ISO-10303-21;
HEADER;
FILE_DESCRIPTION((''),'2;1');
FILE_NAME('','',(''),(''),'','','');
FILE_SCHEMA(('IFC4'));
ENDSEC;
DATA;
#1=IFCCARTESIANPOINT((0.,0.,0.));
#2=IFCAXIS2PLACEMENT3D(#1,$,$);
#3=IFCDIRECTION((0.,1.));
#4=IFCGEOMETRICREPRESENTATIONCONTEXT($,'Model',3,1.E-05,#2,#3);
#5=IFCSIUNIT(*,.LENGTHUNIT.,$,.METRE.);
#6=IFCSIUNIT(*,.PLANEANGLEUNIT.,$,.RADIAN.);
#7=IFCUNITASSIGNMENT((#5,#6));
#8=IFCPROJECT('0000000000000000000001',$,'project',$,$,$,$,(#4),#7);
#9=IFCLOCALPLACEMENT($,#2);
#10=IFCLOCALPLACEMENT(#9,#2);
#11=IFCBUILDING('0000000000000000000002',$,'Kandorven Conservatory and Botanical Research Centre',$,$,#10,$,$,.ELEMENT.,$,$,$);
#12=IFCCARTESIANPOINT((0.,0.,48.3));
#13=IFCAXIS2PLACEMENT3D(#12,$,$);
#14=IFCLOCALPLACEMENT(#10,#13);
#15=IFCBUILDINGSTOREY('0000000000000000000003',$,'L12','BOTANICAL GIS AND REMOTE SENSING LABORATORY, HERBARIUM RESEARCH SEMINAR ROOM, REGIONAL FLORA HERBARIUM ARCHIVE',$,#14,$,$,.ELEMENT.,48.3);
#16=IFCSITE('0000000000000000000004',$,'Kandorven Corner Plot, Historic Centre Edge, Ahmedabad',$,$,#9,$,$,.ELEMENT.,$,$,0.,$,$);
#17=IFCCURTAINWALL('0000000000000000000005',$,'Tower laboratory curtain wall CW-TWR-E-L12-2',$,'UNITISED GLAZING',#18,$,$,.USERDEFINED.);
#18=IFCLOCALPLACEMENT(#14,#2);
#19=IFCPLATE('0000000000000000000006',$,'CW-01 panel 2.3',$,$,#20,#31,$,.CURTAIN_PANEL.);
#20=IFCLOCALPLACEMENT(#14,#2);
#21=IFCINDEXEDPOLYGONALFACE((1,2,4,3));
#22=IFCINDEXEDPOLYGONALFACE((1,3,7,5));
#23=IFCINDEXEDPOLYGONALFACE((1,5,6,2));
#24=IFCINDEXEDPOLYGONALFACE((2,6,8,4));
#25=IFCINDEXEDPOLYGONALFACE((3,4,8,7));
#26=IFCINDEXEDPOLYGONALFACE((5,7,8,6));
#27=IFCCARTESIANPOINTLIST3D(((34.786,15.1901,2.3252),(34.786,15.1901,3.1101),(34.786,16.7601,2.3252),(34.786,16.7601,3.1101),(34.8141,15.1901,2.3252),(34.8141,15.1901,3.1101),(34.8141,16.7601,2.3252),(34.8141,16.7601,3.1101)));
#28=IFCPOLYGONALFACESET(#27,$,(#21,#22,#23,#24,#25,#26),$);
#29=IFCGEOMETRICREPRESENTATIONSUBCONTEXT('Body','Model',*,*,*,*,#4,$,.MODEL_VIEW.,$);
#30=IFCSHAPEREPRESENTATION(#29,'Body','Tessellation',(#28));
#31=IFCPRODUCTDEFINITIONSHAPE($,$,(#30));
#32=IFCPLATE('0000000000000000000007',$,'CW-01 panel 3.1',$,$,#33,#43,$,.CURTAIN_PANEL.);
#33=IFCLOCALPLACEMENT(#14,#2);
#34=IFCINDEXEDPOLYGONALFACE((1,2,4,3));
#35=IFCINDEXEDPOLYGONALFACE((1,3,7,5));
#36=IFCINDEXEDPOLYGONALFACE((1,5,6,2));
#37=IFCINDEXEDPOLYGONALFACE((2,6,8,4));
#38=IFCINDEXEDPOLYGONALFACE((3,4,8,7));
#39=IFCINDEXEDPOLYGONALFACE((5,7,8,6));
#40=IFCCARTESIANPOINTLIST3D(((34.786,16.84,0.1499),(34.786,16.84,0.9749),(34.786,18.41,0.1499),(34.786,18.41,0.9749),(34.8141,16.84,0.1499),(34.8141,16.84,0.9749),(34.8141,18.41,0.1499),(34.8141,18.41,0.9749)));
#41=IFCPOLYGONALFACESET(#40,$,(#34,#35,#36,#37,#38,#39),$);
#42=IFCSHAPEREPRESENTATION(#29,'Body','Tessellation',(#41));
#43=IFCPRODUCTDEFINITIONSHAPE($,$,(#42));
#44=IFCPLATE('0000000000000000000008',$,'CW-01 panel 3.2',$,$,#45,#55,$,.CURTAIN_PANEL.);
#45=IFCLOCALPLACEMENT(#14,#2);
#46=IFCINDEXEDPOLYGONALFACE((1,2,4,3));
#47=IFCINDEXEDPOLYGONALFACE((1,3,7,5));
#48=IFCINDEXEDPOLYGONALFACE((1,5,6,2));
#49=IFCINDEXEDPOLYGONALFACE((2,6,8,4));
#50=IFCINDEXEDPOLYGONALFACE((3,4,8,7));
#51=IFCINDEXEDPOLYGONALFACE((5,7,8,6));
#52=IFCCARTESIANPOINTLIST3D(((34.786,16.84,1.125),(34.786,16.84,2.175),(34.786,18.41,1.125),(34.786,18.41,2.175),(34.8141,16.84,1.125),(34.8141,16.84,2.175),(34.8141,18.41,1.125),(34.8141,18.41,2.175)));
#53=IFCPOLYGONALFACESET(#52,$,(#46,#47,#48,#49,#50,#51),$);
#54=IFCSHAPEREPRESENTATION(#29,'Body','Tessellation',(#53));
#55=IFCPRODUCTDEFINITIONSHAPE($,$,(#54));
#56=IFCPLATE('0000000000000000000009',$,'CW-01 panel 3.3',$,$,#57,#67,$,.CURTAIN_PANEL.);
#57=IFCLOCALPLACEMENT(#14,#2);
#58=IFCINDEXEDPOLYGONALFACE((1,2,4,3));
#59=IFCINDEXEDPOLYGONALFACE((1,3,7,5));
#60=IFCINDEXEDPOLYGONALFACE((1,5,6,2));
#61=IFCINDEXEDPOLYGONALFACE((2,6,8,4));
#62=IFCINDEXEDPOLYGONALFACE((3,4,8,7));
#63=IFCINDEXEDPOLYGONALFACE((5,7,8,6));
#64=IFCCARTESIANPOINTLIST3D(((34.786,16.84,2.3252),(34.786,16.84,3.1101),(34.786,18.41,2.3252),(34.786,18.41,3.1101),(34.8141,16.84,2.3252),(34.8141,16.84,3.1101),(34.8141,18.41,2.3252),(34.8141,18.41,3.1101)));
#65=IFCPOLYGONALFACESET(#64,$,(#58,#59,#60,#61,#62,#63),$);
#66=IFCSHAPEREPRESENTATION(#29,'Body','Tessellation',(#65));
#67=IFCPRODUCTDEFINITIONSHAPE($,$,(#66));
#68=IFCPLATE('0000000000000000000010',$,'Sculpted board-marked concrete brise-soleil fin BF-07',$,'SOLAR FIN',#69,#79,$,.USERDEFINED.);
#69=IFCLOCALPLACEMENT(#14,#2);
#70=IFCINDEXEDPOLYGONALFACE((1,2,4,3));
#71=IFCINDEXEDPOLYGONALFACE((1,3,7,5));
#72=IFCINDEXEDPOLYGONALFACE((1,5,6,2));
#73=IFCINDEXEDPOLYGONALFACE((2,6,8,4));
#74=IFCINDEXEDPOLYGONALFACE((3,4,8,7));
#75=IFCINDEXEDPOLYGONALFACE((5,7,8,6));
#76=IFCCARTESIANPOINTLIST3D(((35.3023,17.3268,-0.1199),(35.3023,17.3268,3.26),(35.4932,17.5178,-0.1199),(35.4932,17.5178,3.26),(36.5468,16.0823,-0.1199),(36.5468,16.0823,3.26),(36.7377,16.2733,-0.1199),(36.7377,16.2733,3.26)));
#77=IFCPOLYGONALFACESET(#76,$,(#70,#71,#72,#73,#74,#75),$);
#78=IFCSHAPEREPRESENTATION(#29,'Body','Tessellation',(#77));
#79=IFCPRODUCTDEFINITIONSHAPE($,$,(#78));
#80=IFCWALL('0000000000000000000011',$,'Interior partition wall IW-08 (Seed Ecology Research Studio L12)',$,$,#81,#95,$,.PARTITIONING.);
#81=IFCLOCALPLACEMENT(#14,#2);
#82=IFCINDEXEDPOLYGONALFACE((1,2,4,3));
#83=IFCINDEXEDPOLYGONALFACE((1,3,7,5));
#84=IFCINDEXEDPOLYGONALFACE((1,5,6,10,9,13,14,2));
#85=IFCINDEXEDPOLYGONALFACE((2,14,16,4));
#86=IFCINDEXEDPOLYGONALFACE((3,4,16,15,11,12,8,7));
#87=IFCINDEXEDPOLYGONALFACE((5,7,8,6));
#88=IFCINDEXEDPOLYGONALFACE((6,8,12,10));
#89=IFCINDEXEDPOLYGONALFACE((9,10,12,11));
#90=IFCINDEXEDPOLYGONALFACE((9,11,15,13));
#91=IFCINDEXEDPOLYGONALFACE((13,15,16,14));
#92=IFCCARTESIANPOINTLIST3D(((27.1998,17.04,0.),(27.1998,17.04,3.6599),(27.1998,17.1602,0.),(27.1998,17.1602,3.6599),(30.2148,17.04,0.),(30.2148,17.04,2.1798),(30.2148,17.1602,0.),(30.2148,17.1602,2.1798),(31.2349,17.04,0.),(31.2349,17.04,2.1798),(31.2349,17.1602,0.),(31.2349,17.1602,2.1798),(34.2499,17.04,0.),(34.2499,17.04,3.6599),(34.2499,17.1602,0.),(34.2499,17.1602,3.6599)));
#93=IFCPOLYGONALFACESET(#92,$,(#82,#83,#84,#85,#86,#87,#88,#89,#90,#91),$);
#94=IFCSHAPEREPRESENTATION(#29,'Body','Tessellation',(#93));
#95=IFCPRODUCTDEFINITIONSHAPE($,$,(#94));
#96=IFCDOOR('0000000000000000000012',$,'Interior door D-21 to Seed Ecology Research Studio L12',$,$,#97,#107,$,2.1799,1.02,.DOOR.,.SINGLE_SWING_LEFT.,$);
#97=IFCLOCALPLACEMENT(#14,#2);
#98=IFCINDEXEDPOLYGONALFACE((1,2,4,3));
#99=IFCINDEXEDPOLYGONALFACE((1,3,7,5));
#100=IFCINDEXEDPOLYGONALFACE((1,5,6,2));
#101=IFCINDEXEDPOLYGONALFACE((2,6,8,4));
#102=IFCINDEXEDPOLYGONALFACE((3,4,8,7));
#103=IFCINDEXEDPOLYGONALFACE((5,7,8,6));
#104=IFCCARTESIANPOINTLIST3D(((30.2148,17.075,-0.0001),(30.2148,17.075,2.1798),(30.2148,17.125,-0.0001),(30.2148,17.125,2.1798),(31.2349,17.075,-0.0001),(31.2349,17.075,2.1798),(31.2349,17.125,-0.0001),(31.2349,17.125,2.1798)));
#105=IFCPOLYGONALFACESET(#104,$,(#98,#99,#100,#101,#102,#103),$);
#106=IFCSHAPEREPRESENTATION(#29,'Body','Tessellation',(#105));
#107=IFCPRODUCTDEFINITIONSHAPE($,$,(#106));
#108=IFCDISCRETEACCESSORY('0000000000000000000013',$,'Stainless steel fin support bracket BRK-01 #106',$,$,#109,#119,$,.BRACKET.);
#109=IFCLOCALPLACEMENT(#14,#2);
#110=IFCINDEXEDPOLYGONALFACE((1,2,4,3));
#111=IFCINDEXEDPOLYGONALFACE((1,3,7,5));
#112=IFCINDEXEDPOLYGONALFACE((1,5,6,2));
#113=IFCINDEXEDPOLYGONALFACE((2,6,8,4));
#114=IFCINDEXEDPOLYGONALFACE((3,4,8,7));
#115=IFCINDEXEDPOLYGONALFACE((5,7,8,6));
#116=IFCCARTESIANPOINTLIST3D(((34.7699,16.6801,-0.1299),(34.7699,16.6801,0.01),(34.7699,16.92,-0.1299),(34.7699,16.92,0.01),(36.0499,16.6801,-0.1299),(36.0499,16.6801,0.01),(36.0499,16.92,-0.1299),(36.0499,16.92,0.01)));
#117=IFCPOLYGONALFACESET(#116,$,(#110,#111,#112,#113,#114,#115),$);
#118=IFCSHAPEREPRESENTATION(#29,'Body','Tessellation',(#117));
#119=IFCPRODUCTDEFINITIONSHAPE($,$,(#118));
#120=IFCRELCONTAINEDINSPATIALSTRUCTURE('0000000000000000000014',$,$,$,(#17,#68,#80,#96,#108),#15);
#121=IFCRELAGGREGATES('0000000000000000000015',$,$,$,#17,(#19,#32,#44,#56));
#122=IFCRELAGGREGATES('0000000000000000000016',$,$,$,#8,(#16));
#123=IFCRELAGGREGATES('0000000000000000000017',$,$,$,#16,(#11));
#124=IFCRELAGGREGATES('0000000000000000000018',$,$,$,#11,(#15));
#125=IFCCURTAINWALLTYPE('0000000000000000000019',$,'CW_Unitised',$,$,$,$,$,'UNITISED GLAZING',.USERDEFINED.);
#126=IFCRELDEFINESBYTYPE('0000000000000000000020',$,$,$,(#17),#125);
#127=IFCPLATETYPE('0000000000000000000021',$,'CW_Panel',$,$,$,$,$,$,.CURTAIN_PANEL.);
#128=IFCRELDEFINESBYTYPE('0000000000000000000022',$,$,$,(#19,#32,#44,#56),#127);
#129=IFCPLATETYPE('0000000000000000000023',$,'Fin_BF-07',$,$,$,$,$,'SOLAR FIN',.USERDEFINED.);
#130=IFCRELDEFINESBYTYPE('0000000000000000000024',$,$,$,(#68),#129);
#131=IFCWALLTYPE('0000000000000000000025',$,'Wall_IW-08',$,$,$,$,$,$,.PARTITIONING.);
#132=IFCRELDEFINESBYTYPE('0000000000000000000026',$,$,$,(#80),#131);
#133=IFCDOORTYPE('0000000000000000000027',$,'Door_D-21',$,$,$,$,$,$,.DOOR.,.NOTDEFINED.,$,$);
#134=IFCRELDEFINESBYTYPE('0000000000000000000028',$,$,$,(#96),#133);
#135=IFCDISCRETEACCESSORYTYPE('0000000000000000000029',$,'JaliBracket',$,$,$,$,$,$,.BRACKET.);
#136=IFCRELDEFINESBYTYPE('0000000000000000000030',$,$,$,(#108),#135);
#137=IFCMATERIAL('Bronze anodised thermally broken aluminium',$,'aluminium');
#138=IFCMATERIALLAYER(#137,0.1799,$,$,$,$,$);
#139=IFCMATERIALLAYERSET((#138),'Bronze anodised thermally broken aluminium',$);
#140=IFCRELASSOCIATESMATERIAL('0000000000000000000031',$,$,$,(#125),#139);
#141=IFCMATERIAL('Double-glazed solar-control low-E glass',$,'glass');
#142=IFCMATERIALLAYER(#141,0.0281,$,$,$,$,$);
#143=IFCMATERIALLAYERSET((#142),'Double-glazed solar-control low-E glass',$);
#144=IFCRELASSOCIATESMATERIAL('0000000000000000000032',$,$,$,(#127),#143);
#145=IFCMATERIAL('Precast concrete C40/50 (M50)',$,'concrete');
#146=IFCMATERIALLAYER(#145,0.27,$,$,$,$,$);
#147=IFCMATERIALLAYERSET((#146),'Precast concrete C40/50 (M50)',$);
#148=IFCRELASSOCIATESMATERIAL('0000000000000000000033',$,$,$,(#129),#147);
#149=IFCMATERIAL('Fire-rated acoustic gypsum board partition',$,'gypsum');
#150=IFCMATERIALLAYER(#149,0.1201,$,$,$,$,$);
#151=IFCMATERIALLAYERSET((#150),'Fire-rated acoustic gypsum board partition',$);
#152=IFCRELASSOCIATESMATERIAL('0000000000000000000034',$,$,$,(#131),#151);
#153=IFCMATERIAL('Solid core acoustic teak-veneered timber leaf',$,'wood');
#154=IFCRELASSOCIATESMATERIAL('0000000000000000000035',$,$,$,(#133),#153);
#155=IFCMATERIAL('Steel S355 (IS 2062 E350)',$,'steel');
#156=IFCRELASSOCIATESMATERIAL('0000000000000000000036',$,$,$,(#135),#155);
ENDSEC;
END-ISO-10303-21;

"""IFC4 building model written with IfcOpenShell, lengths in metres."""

from ifc_helpers import new_model, si_unit, direction, frame, frame_2d, origin, origin_2d, place, context, subcontext, project, spatial, rectangle, extrude, material, layer, layer_set, type_object, element, fill, aggregate, save


model = new_model("IFC4")

# Units and contexts
model_context = context("Model", 3, precision=1e-05, world=origin(), true_north=direction((0.0, 1.0)))
body_context = subcontext(model_context, "Body", "Model", "MODEL_VIEW")
ifc_project = project(units=[si_unit("LENGTHUNIT", "METRE"), si_unit("PLANEANGLEUNIT", "RADIAN")], contexts=[model_context])

# Site, building, storey
site_placement = place(None, origin())
site = spatial("IfcSite", under=ifc_project, at=site_placement, Name="Kandorven Corner Plot, Historic Centre Edge, Ahmedabad", CompositionType="ELEMENT", RefElevation=0.0)
building_placement = place(site_placement, origin())
building = spatial("IfcBuilding", under=site, at=building_placement, Name="Kandorven Conservatory and Botanical Research Centre", CompositionType="ELEMENT")
storey_placement = place(building_placement, frame((0.0, 0.0, 48.3)))
storey = spatial("IfcBuildingStorey", under=building, at=storey_placement, Name="L12", Description="BOTANICAL GIS AND REMOTE SENSING LABORATORY, HERBARIUM RESEARCH SEMINAR ROOM, REGIONAL FLORA HERBARIUM ARCHIVE", CompositionType="ELEMENT", Elevation=48.3)

# Curtain wall, plates
ifc_material_1 = material(Name="Bronze anodised thermally broken aluminium", Category="aluminium")
ifc_layer_1 = layer(ifc_material_1, 0.1799)
ifc_layer_set_1 = layer_set([ifc_layer_1], Name="Bronze anodised thermally broken aluminium")
curtain_wall_type = type_object("IfcCurtainWallType", Name="CW_Unitised", ElementType="UNITISED GLAZING", PredefinedType="USERDEFINED", material=ifc_layer_set_1)
curtain_wall_placement = place(storey_placement, origin())
curtain_wall = element("IfcCurtainWall", 1, at=curtain_wall_placement, inside=storey, type_object=curtain_wall_type, Name="Tower laboratory curtain wall CW-TWR-E-L12-2", ObjectType="UNITISED GLAZING", PredefinedType="USERDEFINED")
ifc_material_2 = material(Name="Double-glazed solar-control low-E glass", Category="glass")
ifc_layer_2 = layer(ifc_material_2, 0.0281)
ifc_layer_set_2 = layer_set([ifc_layer_2], Name="Double-glazed solar-control low-E glass")
plate_type_1 = type_object("IfcPlateType", Name="CW_Panel", PredefinedType="CURTAIN_PANEL", material=ifc_layer_set_2)
plate_1_placement = place(storey_placement, frame((34.8, 15.9751, 2.3252), z_axis=(0.0, 0.0, 1.0), x_axis=(0.0, 1.0, 0.0)))
plate_1 = element("IfcPlate", 2, at=plate_1_placement, type_object=plate_type_1, Name="CW-01 panel 2.3", PredefinedType="CURTAIN_PANEL", context=body_context, shape_type="SweptSolid", body=[
    extrude(rectangle(XDim=1.5701, YDim=0.0281, at=origin_2d()), origin(), (0.0, 0.0, 1.0), 0.7849),
])
plate_2_placement = place(storey_placement, frame((34.8, 17.625, 0.1499), z_axis=(0.0, 0.0, 1.0), x_axis=(0.0, 1.0, 0.0)))
plate_2 = element("IfcPlate", 3, at=plate_2_placement, type_object=plate_type_1, Name="CW-01 panel 3.1", PredefinedType="CURTAIN_PANEL", context=body_context, shape_type="SweptSolid", body=[
    extrude(rectangle(XDim=1.5701, YDim=0.0281, at=origin_2d()), origin(), (0.0, 0.0, 1.0), 0.825),
])
plate_3_placement = place(storey_placement, frame((34.8, 17.625, 1.125), z_axis=(0.0, 0.0, 1.0), x_axis=(0.0, 1.0, 0.0)))
plate_3 = element("IfcPlate", 4, at=plate_3_placement, type_object=plate_type_1, Name="CW-01 panel 3.2", PredefinedType="CURTAIN_PANEL", context=body_context, shape_type="SweptSolid", body=[
    extrude(rectangle(XDim=1.5701, YDim=0.0281, at=origin_2d()), origin(), (0.0, 0.0, 1.0), 1.05),
])
plate_4_placement = place(storey_placement, frame((34.8, 17.625, 2.3252), z_axis=(0.0, 0.0, 1.0), x_axis=(0.0, 1.0, 0.0)))
plate_4 = element("IfcPlate", 5, at=plate_4_placement, type_object=plate_type_1, Name="CW-01 panel 3.3", PredefinedType="CURTAIN_PANEL", context=body_context, shape_type="SweptSolid", body=[
    extrude(rectangle(XDim=1.5701, YDim=0.0281, at=origin_2d()), origin(), (0.0, 0.0, 1.0), 0.7849),
])
aggregate(curtain_wall, [plate_1, plate_2, plate_3, plate_4])

# Plate
ifc_material_3 = material(Name="Precast concrete C40/50 (M50)", Category="concrete")
ifc_layer_3 = layer(ifc_material_3, 0.27)
ifc_layer_set_3 = layer_set([ifc_layer_3], Name="Precast concrete C40/50 (M50)")
plate_type_2 = type_object("IfcPlateType", Name="Fin_BF-07", ElementType="SOLAR FIN", PredefinedType="USERDEFINED", material=ifc_layer_set_3)
plate_5_placement = place(storey_placement, frame((36.02, 16.8, -0.1199), z_axis=(0.0, 0.0, 1.0), x_axis=(-0.707107, 0.707107, 0.0)))
element("IfcPlate", 6, at=plate_5_placement, inside=storey, type_object=plate_type_2, Name="Sculpted board-marked concrete brise-soleil fin BF-07", ObjectType="SOLAR FIN", PredefinedType="USERDEFINED", context=body_context, shape_type="SweptSolid", body=[
    extrude(rectangle(XDim=1.76, YDim=0.27, at=origin_2d()), origin(), (0.0, 0.0, 1.0), 3.3799),
])

# Wall, opening, door
ifc_material_4 = material(Name="Fire-rated acoustic gypsum board partition", Category="gypsum")
ifc_layer_4 = layer(ifc_material_4, 0.1201)
ifc_layer_set_4 = layer_set([ifc_layer_4], Name="Fire-rated acoustic gypsum board partition")
wall_type = type_object("IfcWallType", Name="Wall_IW-08", PredefinedType="PARTITIONING", material=ifc_layer_set_4)
wall_placement = place(storey_placement, frame((27.2, 17.1001, 0.0), z_axis=(0.0, 0.0, 1.0), x_axis=(1.0, 0.0, 0.0)))
wall = element("IfcWall", 7, at=wall_placement, inside=storey, type_object=wall_type, Name="Interior partition wall IW-08 (Seed Ecology Research Studio L12)", PredefinedType="PARTITIONING", context=body_context, shape_type="SweptSolid", body=[
    extrude(rectangle(XDim=7.05, YDim=0.1201, at=frame_2d((3.5249, 0.0))), origin(), (0.0, 0.0, 1.0), 3.6599),
])
opening_placement = place(wall_placement, frame((3.0149, 0.0, 0.0)))
opening = element("IfcOpeningElement", 8, at=opening_placement, cuts=wall, PredefinedType="OPENING", context=body_context, shape_type="SweptSolid", body=[
    extrude(rectangle(XDim=1.02, YDim=2.1799, at=frame_2d((0.51, 1.0898))), frame((0.0, 0.0701, 0.0), z_axis=(0.0, -1.0, 0.0), x_axis=(1.0, 0.0, 0.0)), (0.0, 0.0, 1.0), 0.1401),
])
ifc_material_5 = material(Name="Solid core acoustic teak-veneered timber leaf", Category="wood")
door_type = type_object("IfcDoorType", Name="Door_D-21", OperationType="NOTDEFINED", PredefinedType="DOOR", material=ifc_material_5)
door_placement = place(opening_placement, origin())
door = element("IfcDoor", 9, at=door_placement, inside=storey, type_object=door_type, Name="Interior door D-21 to Seed Ecology Research Studio L12", OperationType="SINGLE_SWING_LEFT", OverallHeight=2.1799, OverallWidth=1.02, PredefinedType="DOOR", context=body_context, shape_type="SweptSolid", body=[
    extrude(rectangle(XDim=1.02, YDim=2.1799, at=frame_2d((0.51, 1.0898))), frame((0.0, 0.0249, 0.0), z_axis=(0.0, -1.0, 0.0), x_axis=(1.0, 0.0, 0.0)), (0.0, 0.0, 1.0), 0.05),
])
fill(opening, door)

# Discrete accessory
ifc_material_6 = material(Name="Steel S355 (IS 2062 E350)", Category="steel")
discrete_accessory_type = type_object("IfcDiscreteAccessoryType", Name="JaliBracket", PredefinedType="BRACKET", material=ifc_material_6)
discrete_accessory_placement = place(storey_placement, frame((35.4099, 16.8, -0.1299), z_axis=(0.0, 0.0, 1.0), x_axis=(1.0, 0.0, 0.0)))
element("IfcDiscreteAccessory", 10, at=discrete_accessory_placement, inside=storey, type_object=discrete_accessory_type, Name="Stainless steel fin support bracket BRK-01 #106", PredefinedType="BRACKET", context=body_context, shape_type="SweptSolid", body=[
    extrude(rectangle(XDim=1.28, YDim=0.24, at=origin_2d()), origin(), (0.0, 0.0, 1.0), 0.1399),
])

save(model, "model.ifc")
